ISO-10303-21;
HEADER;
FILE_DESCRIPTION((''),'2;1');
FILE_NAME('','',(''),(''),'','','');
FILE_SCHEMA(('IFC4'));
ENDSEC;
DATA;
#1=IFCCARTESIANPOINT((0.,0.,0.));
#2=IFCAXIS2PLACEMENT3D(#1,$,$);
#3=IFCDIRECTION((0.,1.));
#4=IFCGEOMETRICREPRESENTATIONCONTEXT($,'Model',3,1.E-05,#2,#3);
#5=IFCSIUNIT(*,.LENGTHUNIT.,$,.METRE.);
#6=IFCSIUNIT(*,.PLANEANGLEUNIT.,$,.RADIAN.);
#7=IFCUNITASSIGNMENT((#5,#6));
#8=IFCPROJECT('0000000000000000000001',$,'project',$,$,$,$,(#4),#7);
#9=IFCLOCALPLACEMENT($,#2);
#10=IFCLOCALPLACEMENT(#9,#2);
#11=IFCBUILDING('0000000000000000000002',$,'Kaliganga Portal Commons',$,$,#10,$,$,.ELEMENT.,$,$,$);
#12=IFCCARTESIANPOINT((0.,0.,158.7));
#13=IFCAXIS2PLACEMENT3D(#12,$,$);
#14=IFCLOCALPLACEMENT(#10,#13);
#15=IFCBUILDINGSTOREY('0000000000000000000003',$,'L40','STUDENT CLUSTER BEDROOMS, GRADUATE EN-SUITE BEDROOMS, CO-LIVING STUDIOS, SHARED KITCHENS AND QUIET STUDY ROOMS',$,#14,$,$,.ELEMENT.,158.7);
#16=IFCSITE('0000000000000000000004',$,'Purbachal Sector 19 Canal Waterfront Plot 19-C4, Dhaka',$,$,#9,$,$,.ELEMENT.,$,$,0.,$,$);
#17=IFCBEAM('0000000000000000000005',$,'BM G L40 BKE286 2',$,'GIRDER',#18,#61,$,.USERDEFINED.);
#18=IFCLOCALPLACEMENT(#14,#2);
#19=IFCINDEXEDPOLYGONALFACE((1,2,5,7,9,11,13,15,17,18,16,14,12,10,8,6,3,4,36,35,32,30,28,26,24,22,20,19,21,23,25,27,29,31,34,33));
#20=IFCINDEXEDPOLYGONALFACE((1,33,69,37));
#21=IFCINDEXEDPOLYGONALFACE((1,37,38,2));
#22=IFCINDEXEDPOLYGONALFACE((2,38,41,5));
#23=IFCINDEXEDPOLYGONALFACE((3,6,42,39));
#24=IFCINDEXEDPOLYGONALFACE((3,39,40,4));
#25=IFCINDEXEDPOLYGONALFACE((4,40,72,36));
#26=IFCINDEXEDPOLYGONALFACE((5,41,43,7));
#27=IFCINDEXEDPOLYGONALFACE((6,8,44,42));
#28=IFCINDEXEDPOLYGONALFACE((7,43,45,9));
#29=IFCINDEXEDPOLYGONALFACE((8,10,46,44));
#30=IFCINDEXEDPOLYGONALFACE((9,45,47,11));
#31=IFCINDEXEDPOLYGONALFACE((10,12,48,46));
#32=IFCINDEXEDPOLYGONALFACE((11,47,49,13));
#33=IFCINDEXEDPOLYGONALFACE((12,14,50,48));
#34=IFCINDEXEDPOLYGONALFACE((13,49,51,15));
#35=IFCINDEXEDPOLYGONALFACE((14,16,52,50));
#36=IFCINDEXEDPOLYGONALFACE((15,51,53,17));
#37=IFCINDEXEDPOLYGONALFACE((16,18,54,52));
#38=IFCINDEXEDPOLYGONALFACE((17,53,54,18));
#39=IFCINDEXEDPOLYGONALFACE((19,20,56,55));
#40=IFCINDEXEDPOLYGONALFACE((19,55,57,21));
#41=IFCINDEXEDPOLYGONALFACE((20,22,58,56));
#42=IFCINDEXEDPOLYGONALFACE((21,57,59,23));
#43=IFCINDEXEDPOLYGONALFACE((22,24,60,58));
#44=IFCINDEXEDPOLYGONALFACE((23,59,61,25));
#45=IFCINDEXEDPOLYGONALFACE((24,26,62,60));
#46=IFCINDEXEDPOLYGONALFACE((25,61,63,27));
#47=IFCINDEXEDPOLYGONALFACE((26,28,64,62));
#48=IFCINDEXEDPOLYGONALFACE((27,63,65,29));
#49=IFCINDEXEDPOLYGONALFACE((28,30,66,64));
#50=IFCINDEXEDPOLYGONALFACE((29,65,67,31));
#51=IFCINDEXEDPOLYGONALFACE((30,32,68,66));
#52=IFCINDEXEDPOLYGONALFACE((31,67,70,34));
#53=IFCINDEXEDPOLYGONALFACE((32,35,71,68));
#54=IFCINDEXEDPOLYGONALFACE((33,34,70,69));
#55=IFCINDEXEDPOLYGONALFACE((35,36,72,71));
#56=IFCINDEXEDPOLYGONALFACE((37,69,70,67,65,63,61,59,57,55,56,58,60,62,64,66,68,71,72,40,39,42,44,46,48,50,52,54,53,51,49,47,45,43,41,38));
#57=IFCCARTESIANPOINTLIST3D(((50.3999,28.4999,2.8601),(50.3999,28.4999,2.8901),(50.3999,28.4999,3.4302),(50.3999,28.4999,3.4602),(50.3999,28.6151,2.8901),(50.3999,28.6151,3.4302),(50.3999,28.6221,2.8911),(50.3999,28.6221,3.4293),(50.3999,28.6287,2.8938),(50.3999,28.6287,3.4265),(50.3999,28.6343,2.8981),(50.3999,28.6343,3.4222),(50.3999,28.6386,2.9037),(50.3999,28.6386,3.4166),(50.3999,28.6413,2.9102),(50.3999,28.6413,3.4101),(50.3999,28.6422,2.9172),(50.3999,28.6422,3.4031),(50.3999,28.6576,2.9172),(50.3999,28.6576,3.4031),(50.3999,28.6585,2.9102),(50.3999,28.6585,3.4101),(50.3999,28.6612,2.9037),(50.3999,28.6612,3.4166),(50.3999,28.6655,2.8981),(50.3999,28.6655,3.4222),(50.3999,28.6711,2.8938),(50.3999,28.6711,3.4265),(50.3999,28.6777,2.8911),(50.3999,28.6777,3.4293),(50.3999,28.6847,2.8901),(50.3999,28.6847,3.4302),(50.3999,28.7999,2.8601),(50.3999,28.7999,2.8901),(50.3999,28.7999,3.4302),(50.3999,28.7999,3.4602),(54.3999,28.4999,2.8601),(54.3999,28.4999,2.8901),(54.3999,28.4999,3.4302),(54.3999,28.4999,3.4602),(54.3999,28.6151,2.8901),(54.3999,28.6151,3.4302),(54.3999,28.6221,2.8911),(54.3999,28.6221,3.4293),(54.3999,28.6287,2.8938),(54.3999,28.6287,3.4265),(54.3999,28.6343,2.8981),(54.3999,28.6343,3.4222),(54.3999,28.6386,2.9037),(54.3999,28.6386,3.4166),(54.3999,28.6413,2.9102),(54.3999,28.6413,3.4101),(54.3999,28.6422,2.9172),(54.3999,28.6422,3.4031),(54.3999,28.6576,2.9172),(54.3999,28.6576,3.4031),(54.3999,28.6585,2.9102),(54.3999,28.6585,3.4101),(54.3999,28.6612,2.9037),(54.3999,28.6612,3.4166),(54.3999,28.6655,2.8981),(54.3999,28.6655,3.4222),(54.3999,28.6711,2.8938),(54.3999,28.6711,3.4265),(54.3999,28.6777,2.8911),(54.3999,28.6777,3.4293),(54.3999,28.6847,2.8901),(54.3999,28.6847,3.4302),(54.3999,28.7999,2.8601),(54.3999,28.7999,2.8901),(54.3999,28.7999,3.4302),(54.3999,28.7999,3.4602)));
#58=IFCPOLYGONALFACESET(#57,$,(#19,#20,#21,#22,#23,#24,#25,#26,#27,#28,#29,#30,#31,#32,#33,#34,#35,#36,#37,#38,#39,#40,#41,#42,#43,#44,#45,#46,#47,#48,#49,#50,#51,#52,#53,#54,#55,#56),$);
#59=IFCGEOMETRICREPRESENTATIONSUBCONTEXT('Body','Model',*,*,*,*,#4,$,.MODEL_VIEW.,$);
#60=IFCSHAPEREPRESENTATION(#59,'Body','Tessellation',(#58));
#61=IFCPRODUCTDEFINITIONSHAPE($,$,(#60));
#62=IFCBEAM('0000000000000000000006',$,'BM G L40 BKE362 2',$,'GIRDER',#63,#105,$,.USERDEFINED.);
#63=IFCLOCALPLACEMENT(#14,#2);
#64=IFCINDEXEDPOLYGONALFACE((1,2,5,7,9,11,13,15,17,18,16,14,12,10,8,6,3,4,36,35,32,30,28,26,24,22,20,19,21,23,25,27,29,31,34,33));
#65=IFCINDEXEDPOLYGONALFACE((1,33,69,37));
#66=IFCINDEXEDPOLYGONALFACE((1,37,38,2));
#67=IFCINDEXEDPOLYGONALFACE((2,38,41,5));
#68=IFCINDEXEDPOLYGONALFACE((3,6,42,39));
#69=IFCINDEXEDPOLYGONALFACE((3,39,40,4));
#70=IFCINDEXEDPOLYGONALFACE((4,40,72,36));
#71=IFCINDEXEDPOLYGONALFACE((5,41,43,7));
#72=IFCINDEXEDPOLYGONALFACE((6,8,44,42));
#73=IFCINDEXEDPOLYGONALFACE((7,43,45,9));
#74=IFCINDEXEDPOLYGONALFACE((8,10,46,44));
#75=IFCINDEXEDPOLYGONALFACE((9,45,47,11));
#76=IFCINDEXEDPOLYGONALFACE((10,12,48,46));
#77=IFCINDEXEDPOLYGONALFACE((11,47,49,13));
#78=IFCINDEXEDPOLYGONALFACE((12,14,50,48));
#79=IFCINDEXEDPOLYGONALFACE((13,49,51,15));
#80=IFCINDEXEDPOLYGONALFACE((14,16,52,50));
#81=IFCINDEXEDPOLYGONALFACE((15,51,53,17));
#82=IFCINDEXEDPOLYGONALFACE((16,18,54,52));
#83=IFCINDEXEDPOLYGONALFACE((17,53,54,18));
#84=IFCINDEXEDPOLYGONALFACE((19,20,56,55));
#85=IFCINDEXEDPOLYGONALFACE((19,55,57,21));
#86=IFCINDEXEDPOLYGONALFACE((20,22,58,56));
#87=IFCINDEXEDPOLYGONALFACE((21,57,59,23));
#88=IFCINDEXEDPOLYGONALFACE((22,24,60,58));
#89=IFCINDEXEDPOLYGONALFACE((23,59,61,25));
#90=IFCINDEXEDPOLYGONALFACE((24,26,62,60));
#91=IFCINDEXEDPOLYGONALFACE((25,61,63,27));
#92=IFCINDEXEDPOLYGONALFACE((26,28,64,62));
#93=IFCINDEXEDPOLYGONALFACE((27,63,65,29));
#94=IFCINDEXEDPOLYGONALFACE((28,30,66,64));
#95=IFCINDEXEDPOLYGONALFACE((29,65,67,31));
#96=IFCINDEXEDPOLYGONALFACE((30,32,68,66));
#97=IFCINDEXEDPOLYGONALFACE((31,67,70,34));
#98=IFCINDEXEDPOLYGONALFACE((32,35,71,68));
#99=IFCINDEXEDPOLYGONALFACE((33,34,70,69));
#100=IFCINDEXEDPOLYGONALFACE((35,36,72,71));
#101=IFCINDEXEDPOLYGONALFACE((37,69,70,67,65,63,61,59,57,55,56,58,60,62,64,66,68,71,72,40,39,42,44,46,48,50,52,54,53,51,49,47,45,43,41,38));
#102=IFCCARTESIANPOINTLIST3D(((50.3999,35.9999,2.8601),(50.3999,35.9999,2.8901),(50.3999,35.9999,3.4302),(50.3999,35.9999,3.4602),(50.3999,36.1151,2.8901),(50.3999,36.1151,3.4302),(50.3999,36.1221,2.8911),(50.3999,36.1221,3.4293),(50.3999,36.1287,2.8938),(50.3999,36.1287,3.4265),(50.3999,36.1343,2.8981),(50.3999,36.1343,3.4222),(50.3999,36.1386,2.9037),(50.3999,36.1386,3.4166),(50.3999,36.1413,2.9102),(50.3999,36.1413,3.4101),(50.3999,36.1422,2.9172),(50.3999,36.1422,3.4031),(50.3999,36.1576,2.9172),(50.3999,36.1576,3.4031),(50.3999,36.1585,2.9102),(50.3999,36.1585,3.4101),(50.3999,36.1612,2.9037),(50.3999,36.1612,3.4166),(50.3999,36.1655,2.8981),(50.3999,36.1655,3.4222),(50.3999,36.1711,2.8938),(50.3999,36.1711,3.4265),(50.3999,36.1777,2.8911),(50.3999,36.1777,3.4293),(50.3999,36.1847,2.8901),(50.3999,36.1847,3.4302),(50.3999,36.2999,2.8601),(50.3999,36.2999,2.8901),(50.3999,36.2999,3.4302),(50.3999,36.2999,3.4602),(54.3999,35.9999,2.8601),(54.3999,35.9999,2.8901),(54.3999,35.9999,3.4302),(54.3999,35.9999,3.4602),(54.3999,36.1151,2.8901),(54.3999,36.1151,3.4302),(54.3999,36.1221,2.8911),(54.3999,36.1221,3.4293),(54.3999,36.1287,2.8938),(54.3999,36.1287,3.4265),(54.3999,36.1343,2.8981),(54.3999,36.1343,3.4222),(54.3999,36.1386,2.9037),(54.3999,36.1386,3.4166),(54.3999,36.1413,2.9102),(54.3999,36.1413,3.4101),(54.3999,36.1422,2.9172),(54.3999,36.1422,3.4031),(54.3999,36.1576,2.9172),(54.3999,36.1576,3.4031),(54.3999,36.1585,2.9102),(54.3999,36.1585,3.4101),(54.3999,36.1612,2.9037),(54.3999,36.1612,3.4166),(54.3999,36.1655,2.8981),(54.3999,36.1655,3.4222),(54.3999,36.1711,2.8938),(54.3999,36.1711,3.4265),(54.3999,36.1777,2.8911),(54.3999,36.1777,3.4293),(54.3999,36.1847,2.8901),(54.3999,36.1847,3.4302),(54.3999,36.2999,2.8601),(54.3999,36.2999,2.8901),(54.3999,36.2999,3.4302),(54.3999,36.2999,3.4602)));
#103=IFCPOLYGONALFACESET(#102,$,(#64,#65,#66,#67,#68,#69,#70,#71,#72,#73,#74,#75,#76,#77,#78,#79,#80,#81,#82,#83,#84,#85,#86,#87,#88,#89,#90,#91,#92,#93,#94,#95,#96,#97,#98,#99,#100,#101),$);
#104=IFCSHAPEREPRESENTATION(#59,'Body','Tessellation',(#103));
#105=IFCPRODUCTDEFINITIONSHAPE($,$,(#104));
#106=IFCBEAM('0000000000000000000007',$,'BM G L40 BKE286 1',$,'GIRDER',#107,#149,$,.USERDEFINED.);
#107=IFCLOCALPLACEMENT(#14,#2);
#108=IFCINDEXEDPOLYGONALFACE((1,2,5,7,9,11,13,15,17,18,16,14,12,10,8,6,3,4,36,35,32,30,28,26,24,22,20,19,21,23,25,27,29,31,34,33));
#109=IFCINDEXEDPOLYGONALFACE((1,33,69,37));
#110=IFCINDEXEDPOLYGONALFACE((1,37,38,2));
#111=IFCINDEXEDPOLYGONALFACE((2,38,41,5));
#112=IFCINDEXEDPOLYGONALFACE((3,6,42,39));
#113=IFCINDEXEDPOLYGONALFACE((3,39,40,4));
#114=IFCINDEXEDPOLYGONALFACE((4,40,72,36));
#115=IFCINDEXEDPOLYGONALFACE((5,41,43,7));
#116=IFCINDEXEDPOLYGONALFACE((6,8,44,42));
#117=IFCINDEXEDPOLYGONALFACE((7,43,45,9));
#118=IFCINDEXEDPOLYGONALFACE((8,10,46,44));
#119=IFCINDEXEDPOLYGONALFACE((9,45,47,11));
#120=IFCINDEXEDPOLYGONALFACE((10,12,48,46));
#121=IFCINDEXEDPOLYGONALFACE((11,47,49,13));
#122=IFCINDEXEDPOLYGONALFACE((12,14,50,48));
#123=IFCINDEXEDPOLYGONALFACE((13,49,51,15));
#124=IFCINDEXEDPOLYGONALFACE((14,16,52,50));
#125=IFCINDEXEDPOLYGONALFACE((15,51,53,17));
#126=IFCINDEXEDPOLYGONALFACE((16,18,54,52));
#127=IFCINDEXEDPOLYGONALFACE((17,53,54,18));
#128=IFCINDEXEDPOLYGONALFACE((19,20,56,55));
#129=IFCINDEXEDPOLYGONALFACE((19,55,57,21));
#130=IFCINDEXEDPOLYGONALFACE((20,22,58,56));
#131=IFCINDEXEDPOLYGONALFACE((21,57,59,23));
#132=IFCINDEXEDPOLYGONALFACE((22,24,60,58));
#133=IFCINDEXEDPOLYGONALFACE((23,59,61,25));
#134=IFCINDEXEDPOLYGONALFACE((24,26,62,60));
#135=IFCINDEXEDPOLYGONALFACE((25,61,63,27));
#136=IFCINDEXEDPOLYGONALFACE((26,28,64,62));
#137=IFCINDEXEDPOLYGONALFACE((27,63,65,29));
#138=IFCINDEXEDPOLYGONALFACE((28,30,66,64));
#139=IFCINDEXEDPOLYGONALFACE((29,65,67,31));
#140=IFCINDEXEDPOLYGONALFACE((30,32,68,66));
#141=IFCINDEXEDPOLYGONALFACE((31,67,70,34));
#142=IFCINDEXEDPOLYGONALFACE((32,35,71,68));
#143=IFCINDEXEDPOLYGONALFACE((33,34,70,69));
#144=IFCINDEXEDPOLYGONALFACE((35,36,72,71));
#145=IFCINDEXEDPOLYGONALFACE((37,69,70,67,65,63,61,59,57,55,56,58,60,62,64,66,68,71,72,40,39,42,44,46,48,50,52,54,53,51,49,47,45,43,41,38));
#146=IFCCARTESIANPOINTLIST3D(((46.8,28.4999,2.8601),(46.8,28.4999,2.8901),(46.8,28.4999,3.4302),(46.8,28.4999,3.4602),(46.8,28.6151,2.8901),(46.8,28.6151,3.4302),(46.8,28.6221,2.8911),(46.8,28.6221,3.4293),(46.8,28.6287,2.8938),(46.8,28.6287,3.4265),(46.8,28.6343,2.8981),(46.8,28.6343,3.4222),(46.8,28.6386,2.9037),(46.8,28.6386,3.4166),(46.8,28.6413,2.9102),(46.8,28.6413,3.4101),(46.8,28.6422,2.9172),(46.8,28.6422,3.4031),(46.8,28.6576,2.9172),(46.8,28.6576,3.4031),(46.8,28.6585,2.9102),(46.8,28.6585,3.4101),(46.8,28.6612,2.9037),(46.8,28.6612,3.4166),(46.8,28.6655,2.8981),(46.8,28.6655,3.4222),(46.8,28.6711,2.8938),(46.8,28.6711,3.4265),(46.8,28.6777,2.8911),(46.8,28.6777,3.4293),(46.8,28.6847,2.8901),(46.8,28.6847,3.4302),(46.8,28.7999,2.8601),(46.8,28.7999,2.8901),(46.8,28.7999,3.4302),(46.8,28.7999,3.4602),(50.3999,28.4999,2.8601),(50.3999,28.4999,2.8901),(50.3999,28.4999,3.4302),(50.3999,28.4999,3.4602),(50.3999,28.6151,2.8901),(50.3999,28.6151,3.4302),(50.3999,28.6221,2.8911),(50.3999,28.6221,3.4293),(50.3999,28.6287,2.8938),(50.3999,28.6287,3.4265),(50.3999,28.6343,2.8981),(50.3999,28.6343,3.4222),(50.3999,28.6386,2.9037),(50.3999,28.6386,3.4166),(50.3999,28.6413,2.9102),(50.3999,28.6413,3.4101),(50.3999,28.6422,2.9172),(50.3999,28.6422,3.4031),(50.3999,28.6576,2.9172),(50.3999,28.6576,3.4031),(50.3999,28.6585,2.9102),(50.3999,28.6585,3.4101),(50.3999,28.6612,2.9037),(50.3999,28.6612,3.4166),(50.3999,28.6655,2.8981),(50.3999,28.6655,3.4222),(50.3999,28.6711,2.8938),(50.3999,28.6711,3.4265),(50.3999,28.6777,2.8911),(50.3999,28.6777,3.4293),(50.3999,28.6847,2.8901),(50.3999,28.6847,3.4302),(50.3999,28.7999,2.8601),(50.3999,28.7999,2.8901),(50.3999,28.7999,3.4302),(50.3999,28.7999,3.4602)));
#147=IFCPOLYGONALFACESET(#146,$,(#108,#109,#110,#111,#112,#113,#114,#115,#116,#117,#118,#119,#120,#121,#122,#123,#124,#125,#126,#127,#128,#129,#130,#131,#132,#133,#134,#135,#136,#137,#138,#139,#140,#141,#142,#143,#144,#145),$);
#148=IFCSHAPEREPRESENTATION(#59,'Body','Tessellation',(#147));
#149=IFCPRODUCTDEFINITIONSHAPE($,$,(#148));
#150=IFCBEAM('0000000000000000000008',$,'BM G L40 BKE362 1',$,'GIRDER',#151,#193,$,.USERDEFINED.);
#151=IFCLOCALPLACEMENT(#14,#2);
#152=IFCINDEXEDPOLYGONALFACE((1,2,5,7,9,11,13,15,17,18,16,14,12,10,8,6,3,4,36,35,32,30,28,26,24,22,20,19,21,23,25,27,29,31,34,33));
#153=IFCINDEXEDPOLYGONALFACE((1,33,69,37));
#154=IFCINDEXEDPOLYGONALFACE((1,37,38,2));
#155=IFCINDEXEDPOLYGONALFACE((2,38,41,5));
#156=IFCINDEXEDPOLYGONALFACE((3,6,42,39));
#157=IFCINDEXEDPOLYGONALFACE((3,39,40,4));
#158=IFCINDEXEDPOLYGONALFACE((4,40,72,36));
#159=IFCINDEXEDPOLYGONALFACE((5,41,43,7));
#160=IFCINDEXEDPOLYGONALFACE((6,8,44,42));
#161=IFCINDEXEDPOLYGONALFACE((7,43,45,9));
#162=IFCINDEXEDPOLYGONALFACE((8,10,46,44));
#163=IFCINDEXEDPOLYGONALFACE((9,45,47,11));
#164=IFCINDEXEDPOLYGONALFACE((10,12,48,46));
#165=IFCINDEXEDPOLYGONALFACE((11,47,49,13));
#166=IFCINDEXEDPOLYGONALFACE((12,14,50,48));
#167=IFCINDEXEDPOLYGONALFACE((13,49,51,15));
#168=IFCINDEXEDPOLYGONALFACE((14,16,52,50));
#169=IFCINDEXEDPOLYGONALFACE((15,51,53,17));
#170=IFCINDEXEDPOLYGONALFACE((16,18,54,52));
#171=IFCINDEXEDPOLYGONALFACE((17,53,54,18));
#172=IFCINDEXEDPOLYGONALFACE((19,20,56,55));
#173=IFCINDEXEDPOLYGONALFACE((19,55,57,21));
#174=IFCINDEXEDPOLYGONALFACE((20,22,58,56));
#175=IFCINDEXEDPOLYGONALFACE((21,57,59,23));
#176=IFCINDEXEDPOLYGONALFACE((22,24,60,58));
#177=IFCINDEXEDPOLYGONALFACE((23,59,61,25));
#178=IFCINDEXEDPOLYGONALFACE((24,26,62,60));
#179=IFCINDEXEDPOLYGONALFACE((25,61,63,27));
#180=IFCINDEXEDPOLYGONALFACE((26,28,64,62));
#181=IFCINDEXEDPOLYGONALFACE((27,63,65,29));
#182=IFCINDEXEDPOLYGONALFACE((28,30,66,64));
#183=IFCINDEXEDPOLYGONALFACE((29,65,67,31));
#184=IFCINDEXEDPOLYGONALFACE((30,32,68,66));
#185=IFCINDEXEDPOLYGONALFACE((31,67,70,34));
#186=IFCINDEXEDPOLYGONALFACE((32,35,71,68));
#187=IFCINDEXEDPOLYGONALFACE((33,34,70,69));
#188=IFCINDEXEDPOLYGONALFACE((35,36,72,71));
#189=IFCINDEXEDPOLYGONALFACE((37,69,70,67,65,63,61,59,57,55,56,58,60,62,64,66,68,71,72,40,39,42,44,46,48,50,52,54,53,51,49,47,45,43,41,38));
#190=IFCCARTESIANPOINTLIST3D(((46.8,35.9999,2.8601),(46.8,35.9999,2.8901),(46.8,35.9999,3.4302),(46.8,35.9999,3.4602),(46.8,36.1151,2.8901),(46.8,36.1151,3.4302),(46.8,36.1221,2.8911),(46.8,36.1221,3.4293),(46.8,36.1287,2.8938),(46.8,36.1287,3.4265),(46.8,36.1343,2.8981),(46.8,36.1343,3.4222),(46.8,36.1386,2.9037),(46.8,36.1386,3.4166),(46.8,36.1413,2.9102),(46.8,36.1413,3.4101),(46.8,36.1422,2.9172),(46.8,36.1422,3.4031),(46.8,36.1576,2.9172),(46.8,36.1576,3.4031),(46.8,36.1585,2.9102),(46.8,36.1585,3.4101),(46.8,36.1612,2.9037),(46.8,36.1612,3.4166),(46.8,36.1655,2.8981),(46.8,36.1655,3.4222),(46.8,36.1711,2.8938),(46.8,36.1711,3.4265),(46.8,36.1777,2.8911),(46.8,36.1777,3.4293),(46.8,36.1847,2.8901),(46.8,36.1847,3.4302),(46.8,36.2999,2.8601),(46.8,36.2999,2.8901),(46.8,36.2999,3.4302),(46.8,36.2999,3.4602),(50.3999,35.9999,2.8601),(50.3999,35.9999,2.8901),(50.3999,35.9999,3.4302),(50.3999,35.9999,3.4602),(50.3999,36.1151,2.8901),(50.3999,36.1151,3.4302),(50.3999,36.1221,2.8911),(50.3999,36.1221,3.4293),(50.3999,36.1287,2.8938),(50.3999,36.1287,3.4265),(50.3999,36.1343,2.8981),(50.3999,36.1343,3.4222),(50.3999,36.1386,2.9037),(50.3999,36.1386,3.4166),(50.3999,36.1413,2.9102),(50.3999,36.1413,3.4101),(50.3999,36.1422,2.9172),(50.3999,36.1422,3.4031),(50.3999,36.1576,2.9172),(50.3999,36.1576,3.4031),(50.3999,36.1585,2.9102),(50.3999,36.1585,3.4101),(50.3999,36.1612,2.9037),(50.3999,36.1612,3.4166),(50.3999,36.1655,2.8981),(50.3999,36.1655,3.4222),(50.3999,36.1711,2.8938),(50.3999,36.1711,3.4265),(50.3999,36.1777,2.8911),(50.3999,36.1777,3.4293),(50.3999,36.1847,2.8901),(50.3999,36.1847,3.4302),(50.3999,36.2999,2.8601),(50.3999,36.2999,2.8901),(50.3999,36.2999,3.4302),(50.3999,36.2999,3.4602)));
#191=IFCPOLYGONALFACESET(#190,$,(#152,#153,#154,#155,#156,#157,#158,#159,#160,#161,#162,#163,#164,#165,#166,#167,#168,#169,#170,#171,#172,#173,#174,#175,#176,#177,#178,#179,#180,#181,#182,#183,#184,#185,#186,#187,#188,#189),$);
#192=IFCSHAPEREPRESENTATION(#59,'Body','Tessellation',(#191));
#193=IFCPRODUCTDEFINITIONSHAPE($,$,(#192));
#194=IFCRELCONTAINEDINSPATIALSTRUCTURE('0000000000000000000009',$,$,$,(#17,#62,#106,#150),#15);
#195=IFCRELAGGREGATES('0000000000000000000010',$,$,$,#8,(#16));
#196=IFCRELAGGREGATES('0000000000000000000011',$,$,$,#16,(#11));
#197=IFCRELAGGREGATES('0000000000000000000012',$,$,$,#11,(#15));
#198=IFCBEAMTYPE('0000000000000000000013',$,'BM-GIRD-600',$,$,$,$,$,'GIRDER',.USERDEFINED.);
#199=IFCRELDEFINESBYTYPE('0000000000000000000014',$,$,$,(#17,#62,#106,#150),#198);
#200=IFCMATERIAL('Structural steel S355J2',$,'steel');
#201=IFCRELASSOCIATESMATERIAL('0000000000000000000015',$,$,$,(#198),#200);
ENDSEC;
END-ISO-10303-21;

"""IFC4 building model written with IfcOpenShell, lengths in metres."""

from ifc_helpers import new_model, si_unit, direction, frame, origin, origin_2d, place, context, subcontext, project, spatial, i_section, extrude, source, transform, mapped, material, material_profile, profile_set, type_object, element, save


model = new_model("IFC4")

# Units and contexts
model_context = context("Model", 3, precision=1e-05, world=origin(), true_north=direction((0.0, 1.0)))
body_context = subcontext(model_context, "Body", "Model", "MODEL_VIEW")
ifc_project = project(units=[si_unit("LENGTHUNIT", "METRE"), si_unit("PLANEANGLEUNIT", "RADIAN")], contexts=[model_context])

# Site, building, storey
site_placement = place(None, origin())
site = spatial("IfcSite", under=ifc_project, at=site_placement, Name="Purbachal Sector 19 Canal Waterfront Plot 19-C4, Dhaka", CompositionType="ELEMENT", RefElevation=0.0)
building_placement = place(site_placement, origin())
building = spatial("IfcBuilding", under=site, at=building_placement, Name="Kaliganga Portal Commons", CompositionType="ELEMENT")
storey_placement = place(building_placement, frame((0.0, 0.0, 158.7)))
storey = spatial("IfcBuildingStorey", under=building, at=storey_placement, Name="L40", Description="STUDENT CLUSTER BEDROOMS, GRADUATE EN-SUITE BEDROOMS, CO-LIVING STUDIOS, SHARED KITCHENS AND QUIET STUDY ROOMS", CompositionType="ELEMENT", Elevation=158.7)

# Beams
ifc_material_1 = material(Name="Structural steel S355J2", Category="steel")
ifc_material_profile_1 = material_profile(ifc_material_1, i_section(OverallWidth=0.3, OverallDepth=0.6001, WebThickness=0.0154, FlangeThickness=0.03, FilletRadius=0.0271, at=origin_2d()), Name="HE 600 B")
ifc_profile_set_1 = profile_set([ifc_material_profile_1], Name="Structural steel S355J2 wide-flange")
beam_type_1 = type_object("IfcBeamType", Name="BM-GIRD-600", ElementType="GIRDER", PredefinedType="USERDEFINED", material=ifc_profile_set_1)
shared_shape_1 = source(origin(), body_context, "Body", "SweptSolid", [
    extrude(i_section(OverallWidth=0.3, OverallDepth=0.6001, WebThickness=0.0154, FlangeThickness=0.03, FilletRadius=0.0271, at=origin_2d()), origin(), (0.0, 0.0, 1.0), 4.0),
])
for number, where, z_axis, x_axis, name in (
    (1, (50.3999, 28.6499, 3.1602), (1.0, 0.0, 0.0), (0.0, 1.0, 0.0), "BM G L40 BKE286 2"),
    (2, (50.3999, 36.1499, 3.1602), (1.0, 0.0, 0.0), (0.0, 1.0, 0.0), "BM G L40 BKE362 2"),
):
    element("IfcBeam", number, at=place(storey_placement, frame(where, z_axis=z_axis, x_axis=x_axis)), inside=storey, type_object=beam_type_1, Name=name, ObjectType="GIRDER", PredefinedType="USERDEFINED", context=body_context, shape_type="MappedRepresentation", body=[
        mapped(shared_shape_1, transform((0.0, 0.0, 0.0), x_axis=(1.0, 0.0, 0.0), y_axis=(0.0, 1.0, 0.0), z_axis=(0.0, 0.0, 1.0), scale=1.0)),
    ])
shared_shape_2 = source(origin(), body_context, "Body", "SweptSolid", [
    extrude(i_section(OverallWidth=0.3, OverallDepth=0.6001, WebThickness=0.0154, FlangeThickness=0.03, FilletRadius=0.0271, at=origin_2d()), origin(), (0.0, 0.0, 1.0), 3.5999),
])
for number, where, z_axis, x_axis, name in (
    (3, (46.8, 28.6499, 3.1602), (1.0, 0.0, 0.0), (0.0, 1.0, 0.0), "BM G L40 BKE286 1"),
    (4, (46.8, 36.1499, 3.1602), (1.0, 0.0, 0.0), (0.0, 1.0, 0.0), "BM G L40 BKE362 1"),
):
    element("IfcBeam", number, at=place(storey_placement, frame(where, z_axis=z_axis, x_axis=x_axis)), inside=storey, type_object=beam_type_1, Name=name, ObjectType="GIRDER", PredefinedType="USERDEFINED", context=body_context, shape_type="MappedRepresentation", body=[
        mapped(shared_shape_2, transform((0.0, 0.0, 0.0), x_axis=(1.0, 0.0, 0.0), y_axis=(0.0, 1.0, 0.0), z_axis=(0.0, 0.0, 1.0), scale=1.0)),
    ])

save(model, "model.ifc")
